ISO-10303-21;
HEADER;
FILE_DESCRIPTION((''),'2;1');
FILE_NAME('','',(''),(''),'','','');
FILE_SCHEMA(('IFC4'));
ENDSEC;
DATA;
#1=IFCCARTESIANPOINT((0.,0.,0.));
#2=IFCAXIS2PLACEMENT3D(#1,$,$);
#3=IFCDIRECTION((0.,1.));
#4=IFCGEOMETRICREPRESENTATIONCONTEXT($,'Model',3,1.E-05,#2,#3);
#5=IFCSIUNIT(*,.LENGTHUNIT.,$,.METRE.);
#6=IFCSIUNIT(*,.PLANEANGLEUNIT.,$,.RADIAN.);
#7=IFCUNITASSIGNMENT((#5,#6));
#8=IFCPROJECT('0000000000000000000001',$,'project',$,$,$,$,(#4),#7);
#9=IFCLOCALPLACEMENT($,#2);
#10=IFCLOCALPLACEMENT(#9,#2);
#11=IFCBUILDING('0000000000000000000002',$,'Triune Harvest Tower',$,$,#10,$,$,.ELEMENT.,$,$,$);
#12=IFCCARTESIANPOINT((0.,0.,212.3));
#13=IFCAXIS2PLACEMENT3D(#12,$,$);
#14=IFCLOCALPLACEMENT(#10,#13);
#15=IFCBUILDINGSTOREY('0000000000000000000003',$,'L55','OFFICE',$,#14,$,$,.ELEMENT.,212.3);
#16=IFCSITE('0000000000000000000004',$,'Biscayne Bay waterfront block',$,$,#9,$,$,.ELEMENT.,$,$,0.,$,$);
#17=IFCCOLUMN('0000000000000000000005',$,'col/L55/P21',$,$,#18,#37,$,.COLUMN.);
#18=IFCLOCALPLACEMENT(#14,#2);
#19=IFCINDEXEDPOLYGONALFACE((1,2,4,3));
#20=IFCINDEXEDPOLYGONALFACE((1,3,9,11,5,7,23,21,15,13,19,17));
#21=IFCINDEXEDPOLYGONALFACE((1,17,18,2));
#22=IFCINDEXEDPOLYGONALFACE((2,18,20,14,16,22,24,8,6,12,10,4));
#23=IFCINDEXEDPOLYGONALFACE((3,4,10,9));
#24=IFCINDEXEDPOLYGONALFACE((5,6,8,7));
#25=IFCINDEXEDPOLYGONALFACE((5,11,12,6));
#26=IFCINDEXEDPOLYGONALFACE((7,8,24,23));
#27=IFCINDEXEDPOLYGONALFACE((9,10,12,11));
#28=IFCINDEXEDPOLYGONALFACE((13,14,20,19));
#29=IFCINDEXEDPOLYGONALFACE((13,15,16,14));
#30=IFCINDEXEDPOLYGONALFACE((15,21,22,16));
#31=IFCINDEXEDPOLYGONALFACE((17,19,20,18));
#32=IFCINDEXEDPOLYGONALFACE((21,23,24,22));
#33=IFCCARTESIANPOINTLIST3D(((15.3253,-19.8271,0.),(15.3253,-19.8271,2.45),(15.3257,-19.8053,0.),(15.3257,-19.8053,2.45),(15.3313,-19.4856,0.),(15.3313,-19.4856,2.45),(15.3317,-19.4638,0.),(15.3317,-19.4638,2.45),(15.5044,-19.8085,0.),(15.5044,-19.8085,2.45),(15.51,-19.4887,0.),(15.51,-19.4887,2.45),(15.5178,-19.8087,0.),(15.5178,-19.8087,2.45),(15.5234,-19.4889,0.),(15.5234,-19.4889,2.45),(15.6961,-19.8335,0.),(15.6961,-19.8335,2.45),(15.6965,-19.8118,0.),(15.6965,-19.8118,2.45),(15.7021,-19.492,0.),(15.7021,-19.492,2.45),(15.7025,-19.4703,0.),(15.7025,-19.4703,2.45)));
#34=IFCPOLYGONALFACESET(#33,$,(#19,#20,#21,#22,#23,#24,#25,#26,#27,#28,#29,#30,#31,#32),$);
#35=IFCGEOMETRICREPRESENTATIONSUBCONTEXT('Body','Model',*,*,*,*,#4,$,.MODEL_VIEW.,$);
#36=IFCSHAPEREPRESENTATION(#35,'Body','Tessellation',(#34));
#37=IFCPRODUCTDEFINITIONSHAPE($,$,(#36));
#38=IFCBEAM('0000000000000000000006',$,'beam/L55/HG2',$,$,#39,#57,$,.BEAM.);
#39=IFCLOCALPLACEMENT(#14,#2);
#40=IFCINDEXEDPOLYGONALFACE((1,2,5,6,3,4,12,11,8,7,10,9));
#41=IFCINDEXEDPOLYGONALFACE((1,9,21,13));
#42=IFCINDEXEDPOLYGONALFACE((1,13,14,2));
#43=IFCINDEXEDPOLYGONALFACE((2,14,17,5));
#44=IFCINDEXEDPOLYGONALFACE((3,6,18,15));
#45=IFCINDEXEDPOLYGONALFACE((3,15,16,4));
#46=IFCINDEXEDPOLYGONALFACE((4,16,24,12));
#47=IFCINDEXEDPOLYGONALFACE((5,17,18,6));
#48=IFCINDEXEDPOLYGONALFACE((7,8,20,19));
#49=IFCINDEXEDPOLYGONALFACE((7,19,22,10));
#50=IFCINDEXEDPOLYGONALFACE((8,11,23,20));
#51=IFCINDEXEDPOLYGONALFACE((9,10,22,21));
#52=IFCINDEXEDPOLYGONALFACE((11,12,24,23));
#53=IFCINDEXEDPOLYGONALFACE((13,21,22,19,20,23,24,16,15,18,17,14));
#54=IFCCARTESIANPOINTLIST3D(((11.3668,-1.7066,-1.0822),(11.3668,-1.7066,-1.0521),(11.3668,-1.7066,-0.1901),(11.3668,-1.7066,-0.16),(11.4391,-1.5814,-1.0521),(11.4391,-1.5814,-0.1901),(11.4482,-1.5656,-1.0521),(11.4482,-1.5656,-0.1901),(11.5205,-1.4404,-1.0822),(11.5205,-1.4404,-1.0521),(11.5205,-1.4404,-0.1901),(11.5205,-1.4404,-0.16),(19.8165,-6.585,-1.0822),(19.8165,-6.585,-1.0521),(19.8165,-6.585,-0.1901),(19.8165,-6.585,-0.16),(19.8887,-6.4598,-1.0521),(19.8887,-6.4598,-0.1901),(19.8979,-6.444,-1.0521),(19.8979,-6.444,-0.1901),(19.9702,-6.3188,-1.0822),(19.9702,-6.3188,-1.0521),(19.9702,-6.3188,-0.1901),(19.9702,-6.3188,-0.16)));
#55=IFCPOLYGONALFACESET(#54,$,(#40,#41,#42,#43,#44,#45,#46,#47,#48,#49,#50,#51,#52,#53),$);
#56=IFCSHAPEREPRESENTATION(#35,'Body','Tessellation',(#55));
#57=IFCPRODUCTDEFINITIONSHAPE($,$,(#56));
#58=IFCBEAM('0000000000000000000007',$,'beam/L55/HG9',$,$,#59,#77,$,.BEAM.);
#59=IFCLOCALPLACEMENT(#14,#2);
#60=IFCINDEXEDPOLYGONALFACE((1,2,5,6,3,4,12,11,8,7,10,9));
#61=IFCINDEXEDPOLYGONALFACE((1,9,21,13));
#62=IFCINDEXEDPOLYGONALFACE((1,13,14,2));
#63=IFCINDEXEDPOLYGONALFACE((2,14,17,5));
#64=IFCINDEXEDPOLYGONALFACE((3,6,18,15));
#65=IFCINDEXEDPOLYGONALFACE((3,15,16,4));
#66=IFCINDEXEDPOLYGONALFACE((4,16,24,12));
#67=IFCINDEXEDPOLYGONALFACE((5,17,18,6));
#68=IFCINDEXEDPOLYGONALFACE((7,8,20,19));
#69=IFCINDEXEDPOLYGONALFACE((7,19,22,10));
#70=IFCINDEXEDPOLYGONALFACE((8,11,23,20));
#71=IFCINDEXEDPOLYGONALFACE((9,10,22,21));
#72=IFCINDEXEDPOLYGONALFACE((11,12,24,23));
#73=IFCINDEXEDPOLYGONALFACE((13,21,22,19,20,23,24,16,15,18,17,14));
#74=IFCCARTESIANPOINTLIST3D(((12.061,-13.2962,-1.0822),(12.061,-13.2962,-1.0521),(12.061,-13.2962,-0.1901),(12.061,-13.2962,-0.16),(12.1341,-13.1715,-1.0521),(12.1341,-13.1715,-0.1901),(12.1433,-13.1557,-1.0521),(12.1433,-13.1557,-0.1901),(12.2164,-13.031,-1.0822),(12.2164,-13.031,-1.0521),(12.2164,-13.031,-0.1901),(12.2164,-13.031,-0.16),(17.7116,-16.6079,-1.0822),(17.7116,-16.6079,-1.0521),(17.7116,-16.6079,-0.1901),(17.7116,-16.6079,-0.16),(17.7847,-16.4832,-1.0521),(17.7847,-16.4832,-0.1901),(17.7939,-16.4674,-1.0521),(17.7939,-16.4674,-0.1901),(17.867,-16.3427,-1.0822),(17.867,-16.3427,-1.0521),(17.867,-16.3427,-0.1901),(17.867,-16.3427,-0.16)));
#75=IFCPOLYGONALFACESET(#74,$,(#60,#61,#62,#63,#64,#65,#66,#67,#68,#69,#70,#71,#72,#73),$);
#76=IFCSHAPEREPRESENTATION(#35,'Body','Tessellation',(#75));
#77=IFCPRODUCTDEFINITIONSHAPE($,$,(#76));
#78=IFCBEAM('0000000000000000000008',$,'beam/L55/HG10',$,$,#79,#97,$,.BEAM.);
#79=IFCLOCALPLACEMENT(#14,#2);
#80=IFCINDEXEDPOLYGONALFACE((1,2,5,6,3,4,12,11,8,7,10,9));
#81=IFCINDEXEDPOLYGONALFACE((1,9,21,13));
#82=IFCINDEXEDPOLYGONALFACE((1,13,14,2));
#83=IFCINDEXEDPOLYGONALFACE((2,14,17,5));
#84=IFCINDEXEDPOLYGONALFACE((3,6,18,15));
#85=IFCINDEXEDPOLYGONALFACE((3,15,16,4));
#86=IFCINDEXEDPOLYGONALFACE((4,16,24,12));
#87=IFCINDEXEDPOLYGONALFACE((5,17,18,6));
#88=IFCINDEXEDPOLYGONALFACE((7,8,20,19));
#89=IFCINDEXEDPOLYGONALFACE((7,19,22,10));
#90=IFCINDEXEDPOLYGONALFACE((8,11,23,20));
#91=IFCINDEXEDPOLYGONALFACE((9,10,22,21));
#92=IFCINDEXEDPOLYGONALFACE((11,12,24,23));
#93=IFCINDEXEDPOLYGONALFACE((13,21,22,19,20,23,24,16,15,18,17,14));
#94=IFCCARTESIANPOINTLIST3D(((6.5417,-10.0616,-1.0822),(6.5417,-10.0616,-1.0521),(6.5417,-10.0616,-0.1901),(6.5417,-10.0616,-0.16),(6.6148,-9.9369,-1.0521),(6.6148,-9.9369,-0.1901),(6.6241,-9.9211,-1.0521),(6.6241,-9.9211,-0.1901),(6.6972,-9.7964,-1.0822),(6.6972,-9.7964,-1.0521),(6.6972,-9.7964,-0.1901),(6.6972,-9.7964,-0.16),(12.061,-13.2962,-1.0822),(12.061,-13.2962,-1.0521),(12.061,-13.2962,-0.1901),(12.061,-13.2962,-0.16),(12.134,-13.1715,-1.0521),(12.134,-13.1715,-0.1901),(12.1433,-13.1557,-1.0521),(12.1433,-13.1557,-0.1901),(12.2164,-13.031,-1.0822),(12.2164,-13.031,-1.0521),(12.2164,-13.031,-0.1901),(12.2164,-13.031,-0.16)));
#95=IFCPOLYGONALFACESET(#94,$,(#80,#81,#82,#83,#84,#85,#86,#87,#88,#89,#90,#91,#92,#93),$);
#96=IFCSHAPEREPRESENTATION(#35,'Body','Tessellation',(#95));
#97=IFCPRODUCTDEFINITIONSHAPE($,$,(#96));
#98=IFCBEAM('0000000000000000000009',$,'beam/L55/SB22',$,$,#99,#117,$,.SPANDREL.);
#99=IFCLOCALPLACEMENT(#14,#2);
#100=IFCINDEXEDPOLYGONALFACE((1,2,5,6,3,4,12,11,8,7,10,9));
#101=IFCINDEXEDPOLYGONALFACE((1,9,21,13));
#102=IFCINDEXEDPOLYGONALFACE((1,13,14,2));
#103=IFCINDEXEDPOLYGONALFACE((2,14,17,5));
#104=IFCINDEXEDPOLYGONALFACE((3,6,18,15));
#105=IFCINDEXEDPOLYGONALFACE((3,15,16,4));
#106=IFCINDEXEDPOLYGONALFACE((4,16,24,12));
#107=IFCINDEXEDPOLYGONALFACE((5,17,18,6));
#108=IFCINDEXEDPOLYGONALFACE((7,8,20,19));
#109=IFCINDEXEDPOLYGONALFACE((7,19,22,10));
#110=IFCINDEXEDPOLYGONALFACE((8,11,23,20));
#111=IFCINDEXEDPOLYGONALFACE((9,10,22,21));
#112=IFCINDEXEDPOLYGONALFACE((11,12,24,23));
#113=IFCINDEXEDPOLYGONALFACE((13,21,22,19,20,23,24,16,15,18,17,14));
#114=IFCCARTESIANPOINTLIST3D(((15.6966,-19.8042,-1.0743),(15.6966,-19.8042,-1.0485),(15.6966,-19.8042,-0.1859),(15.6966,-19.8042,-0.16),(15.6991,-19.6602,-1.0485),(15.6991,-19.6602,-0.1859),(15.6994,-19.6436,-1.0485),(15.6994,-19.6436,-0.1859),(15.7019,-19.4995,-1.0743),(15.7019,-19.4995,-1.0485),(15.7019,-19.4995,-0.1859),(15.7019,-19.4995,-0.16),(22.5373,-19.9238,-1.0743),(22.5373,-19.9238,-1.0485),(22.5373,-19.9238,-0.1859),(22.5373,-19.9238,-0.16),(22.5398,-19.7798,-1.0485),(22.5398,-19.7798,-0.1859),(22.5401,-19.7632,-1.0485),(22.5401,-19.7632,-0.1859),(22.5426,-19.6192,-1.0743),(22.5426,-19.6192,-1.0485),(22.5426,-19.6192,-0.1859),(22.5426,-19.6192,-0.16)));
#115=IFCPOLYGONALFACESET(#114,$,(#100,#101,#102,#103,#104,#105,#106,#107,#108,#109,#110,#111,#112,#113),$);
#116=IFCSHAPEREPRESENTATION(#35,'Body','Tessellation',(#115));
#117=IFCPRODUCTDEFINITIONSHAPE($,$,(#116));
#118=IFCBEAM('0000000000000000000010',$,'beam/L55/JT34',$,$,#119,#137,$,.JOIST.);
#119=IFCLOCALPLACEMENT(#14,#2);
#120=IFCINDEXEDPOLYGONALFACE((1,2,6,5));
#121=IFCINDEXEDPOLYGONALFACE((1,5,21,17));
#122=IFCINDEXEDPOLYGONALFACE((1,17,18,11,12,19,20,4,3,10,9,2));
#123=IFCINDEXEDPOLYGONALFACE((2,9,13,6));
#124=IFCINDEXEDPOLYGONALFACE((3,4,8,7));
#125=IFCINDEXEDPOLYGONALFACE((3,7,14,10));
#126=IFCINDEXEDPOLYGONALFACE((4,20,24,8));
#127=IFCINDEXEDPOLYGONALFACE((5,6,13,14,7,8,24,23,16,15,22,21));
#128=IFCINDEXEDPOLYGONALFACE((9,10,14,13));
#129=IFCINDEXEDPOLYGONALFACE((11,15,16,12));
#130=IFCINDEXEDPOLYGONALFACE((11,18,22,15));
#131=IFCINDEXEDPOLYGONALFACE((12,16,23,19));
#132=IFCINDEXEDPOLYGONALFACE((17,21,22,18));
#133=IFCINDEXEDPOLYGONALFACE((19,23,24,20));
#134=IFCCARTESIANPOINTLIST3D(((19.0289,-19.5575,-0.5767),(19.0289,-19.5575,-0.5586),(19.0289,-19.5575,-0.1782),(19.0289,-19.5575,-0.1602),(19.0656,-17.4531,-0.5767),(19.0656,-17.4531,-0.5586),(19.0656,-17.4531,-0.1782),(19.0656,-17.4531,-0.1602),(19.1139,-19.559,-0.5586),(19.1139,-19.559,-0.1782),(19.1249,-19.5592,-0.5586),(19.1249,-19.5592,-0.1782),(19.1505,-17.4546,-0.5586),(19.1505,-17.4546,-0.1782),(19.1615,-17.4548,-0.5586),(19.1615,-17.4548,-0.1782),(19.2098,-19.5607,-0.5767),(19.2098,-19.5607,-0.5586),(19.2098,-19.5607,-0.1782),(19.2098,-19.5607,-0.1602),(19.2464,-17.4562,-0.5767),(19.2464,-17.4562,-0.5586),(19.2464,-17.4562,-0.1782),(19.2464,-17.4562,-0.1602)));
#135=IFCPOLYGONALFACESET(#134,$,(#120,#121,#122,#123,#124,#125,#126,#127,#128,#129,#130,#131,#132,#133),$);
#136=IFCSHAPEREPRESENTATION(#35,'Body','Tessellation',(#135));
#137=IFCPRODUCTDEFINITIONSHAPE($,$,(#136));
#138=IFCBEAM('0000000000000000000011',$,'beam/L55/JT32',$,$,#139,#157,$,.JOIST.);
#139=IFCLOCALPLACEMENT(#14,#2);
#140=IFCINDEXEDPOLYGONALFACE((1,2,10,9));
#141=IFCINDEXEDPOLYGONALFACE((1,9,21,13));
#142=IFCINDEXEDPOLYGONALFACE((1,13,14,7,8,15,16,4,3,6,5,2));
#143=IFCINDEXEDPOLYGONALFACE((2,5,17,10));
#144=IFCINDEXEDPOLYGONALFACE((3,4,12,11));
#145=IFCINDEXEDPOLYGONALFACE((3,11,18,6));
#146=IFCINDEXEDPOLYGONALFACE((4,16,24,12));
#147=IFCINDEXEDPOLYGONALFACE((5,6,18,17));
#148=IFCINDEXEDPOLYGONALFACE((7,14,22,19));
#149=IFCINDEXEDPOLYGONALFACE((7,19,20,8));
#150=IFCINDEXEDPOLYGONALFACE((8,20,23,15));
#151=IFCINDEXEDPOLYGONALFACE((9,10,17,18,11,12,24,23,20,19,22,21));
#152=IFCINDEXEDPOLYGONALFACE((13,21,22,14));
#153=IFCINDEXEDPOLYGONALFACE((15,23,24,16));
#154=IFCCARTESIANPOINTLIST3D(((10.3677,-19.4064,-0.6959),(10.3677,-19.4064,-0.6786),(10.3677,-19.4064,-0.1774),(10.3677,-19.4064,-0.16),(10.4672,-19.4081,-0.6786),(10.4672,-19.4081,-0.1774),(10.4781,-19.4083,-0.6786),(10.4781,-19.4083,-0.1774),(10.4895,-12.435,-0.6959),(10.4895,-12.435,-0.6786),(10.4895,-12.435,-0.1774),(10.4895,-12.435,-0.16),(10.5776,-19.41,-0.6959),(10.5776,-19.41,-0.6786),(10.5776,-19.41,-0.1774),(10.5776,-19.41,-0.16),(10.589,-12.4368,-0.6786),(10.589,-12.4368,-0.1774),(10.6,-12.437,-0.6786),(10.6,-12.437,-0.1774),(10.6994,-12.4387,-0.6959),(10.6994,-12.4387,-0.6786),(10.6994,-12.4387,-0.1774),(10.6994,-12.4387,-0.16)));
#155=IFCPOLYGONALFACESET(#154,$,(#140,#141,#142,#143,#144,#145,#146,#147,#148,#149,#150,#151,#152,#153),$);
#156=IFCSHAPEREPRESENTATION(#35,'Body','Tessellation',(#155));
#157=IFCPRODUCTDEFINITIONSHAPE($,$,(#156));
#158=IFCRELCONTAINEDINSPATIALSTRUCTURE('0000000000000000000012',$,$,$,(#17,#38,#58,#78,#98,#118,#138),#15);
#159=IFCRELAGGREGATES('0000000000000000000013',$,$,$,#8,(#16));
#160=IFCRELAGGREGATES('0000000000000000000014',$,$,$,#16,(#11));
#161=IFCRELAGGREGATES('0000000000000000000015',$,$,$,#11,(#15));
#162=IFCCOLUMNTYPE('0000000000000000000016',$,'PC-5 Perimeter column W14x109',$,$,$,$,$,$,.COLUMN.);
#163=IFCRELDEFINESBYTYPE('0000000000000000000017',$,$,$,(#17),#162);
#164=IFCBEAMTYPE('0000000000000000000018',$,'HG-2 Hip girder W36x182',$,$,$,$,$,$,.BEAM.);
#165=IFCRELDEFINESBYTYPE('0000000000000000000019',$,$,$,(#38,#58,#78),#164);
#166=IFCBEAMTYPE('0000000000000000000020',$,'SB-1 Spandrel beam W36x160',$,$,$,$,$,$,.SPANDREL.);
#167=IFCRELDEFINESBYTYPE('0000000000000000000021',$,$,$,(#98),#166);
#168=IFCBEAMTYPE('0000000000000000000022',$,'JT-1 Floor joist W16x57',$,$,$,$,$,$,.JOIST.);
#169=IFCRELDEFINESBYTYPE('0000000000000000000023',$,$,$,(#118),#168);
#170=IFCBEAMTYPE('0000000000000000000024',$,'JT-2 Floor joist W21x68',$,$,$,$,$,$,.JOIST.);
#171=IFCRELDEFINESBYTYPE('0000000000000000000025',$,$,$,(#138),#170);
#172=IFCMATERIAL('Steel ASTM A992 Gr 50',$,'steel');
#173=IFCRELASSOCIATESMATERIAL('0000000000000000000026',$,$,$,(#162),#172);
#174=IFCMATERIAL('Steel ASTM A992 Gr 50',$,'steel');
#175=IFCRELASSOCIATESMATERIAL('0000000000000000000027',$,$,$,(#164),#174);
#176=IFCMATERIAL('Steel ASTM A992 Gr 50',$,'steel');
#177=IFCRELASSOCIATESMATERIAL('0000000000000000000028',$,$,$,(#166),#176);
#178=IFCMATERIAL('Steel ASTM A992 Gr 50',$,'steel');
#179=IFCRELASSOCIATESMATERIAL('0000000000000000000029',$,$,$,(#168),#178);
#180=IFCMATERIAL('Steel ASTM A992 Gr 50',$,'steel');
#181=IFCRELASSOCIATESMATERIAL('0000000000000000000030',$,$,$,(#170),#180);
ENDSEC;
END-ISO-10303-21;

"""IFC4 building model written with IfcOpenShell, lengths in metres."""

from ifc_helpers import new_model, si_unit, direction, frame, origin, origin_2d, place, context, subcontext, project, spatial, i_section, extrude, source, transform, mapped, material, material_profile, profile_set, type_object, element, save


model = new_model("IFC4")

# Units and contexts
model_context = context("Model", 3, precision=1e-05, world=origin(), true_north=direction((0.0, 1.0)))
body_context = subcontext(model_context, "Body", "Model", "MODEL_VIEW")
ifc_project = project(units=[si_unit("LENGTHUNIT", "METRE"), si_unit("PLANEANGLEUNIT", "RADIAN")], contexts=[model_context])

# Site, building, storey
site_placement = place(None, origin())
site = spatial("IfcSite", under=ifc_project, at=site_placement, Name="Biscayne Bay waterfront block", CompositionType="ELEMENT", RefElevation=0.0)
building_placement = place(site_placement, origin())
building = spatial("IfcBuilding", under=site, at=building_placement, Name="Triune Harvest Tower", CompositionType="ELEMENT")
storey_placement = place(building_placement, frame((0.0, 0.0, 212.3)))
storey = spatial("IfcBuildingStorey", under=building, at=storey_placement, Name="L55", Description="OFFICE", CompositionType="ELEMENT", Elevation=212.3)

# Column
ifc_material_1 = material(Name="Steel ASTM A992 Gr 50", Category="steel")
ifc_material_profile_1 = material_profile(ifc_material_1, i_section(OverallWidth=0.3708, OverallDepth=0.3633, WebThickness=0.0134, FlangeThickness=0.0217, at=origin_2d()), Name="W14x109")
ifc_profile_set_1 = profile_set([ifc_material_profile_1], Name="Steel ASTM A992 Gr 50")
column_type = type_object("IfcColumnType", Name="PC-5 Perimeter column W14x109", PredefinedType="COLUMN", material=ifc_profile_set_1)
shared_shape_1 = source(origin(), body_context, "Body", "SweptSolid", [
    extrude(i_section(OverallWidth=0.3708, OverallDepth=0.3633, WebThickness=0.0134, FlangeThickness=0.0217, at=origin_2d()), origin(), (0.0, 0.0, 1.0), 2.45),
])
column_placement = place(storey_placement, frame((15.5139, -19.6487, 0.0), z_axis=(0.0, 0.0, 1.0), x_axis=(0.999848, -0.017452, 0.0)))
element("IfcColumn", 1, at=column_placement, inside=storey, type_object=column_type, Name="col/L55/P21", PredefinedType="COLUMN", context=body_context, shape_type="MappedRepresentation", body=[
    mapped(shared_shape_1, transform((0.0, 0.0, 0.0), scale=1.0)),
])

# Beams
ifc_material_2 = material(Name="Steel ASTM A992 Gr 50", Category="steel")
ifc_material_profile_2 = material_profile(ifc_material_2, i_section(OverallWidth=0.3074, OverallDepth=0.9221, WebThickness=0.0183, FlangeThickness=0.03, at=origin_2d()), Name="W36x182")
ifc_profile_set_2 = profile_set([ifc_material_profile_2], Name="Steel ASTM A992 Gr 50")
beam_type_1 = type_object("IfcBeamType", Name="HG-2 Hip girder W36x182", PredefinedType="BEAM", material=ifc_profile_set_2)
shared_shape_2 = source(origin(), body_context, "Body", "SweptSolid", [
    extrude(i_section(OverallWidth=0.3074, OverallDepth=0.9221, WebThickness=0.0183, FlangeThickness=0.03, at=origin_2d()), origin(), (0.0, 0.0, 1.0), 9.7568),
])
beam_1_placement = place(storey_placement, frame((19.8933, -6.4519, -0.6211), z_axis=(-0.866026, 0.499998, 0.0), x_axis=(-0.499998, -0.866026, 0.0)))
element("IfcBeam", 2, at=beam_1_placement, inside=storey, type_object=beam_type_1, Name="beam/L55/HG2", PredefinedType="BEAM", context=body_context, shape_type="MappedRepresentation", body=[
    mapped(shared_shape_2, transform((0.0, 0.0, 0.0), scale=1.0)),
])
shared_shape_3 = source(origin(), body_context, "Body", "SweptSolid", [
    extrude(i_section(OverallWidth=0.3074, OverallDepth=0.9221, WebThickness=0.0183, FlangeThickness=0.03, at=origin_2d()), origin(), (0.0, 0.0, 1.0), 6.5496),
])
beam_2_placement = place(storey_placement, frame((17.7893, -16.4753, -0.6211), z_axis=(-0.862743, 0.505643, 0.0), x_axis=(-0.505643, -0.862743, 0.0)))
element("IfcBeam", 3, at=beam_2_placement, inside=storey, type_object=beam_type_1, Name="beam/L55/HG9", PredefinedType="BEAM", context=body_context, shape_type="MappedRepresentation", body=[
    mapped(shared_shape_3, transform((0.0, 0.0, 0.0), scale=1.0)),
])
shared_shape_4 = source(origin(), body_context, "Body", "SweptSolid", [
    extrude(i_section(OverallWidth=0.3074, OverallDepth=0.9221, WebThickness=0.0183, FlangeThickness=0.03, at=origin_2d()), origin(), (0.0, 0.0, 1.0), 6.3972),
])
beam_3_placement = place(storey_placement, frame((12.1387, -13.1636, -0.6211), z_axis=(-0.862754, 0.505624, 0.0), x_axis=(-0.505624, -0.862754, 0.0)))
element("IfcBeam", 4, at=beam_3_placement, inside=storey, type_object=beam_type_1, Name="beam/L55/HG10", PredefinedType="BEAM", context=body_context, shape_type="MappedRepresentation", body=[
    mapped(shared_shape_4, transform((0.0, 0.0, 0.0), scale=1.0)),
])
ifc_material_3 = material(Name="Steel ASTM A992 Gr 50", Category="steel")
ifc_material_profile_3 = material_profile(ifc_material_3, i_section(OverallWidth=0.3047, OverallDepth=0.9143, WebThickness=0.0166, FlangeThickness=0.0259, at=origin_2d()), Name="W36x160")
ifc_profile_set_3 = profile_set([ifc_material_profile_3], Name="Steel ASTM A992 Gr 50")
beam_type_2 = type_object("IfcBeamType", Name="SB-1 Spandrel beam W36x160", PredefinedType="SPANDREL", material=ifc_profile_set_3)
shared_shape_5 = source(origin(), body_context, "Body", "SweptSolid", [
    extrude(i_section(OverallWidth=0.3047, OverallDepth=0.9143, WebThickness=0.0166, FlangeThickness=0.0259, at=origin_2d()), origin(), (0.0, 0.0, 1.0), 6.8418),
])
beam_4_placement = place(storey_placement, frame((15.6992, -19.6519, -0.6172), z_axis=(0.999847, -0.017485, 0.0), x_axis=(0.017485, 0.999847, 0.0)))
element("IfcBeam", 5, at=beam_4_placement, inside=storey, type_object=beam_type_2, Name="beam/L55/SB22", PredefinedType="SPANDREL", context=body_context, shape_type="MappedRepresentation", body=[
    mapped(shared_shape_5, transform((0.0, 0.0, 0.0), scale=1.0)),
])
ifc_material_4 = material(Name="Steel ASTM A992 Gr 50", Category="steel")
ifc_material_profile_4 = material_profile(ifc_material_4, i_section(OverallWidth=0.1809, OverallDepth=0.4165, WebThickness=0.011, FlangeThickness=0.0181, at=origin_2d()), Name="W16x57")
ifc_profile_set_4 = profile_set([ifc_material_profile_4], Name="Steel ASTM A992 Gr 50")
beam_type_3 = type_object("IfcBeamType", Name="JT-1 Floor joist W16x57", PredefinedType="JOIST", material=ifc_profile_set_4)
shared_shape_6 = source(origin(), body_context, "Body", "SweptSolid", [
    extrude(i_section(OverallWidth=0.1809, OverallDepth=0.4165, WebThickness=0.011, FlangeThickness=0.0181, at=origin_2d()), origin(), (0.0, 0.0, 1.0), 2.1047),
])
beam_5_placement = place(storey_placement, frame((19.1194, -19.5591, -0.3684), z_axis=(0.017399, 0.999849, 0.0), x_axis=(-0.999849, 0.017399, 0.0)))
element("IfcBeam", 6, at=beam_5_placement, inside=storey, type_object=beam_type_3, Name="beam/L55/JT34", PredefinedType="JOIST", context=body_context, shape_type="MappedRepresentation", body=[
    mapped(shared_shape_6, transform((0.0, 0.0, 0.0), scale=1.0)),
])
ifc_material_5 = material(Name="Steel ASTM A992 Gr 50", Category="steel")
ifc_material_profile_5 = material_profile(ifc_material_5, i_section(OverallWidth=0.21, OverallDepth=0.5359, WebThickness=0.011, FlangeThickness=0.0173, at=origin_2d()), Name="W21x68")
ifc_profile_set_5 = profile_set([ifc_material_profile_5], Name="Steel ASTM A992 Gr 50")
beam_type_4 = type_object("IfcBeamType", Name="JT-2 Floor joist W21x68", PredefinedType="JOIST", material=ifc_profile_set_5)
shared_shape_7 = source(origin(), body_context, "Body", "SweptSolid", [
    extrude(i_section(OverallWidth=0.21, OverallDepth=0.5359, WebThickness=0.011, FlangeThickness=0.0173, at=origin_2d()), origin(), (0.0, 0.0, 1.0), 6.9724),
])
beam_6_placement = place(storey_placement, frame((10.4727, -19.4082, -0.428), z_axis=(0.017472, 0.999847, 0.0), x_axis=(-0.999847, 0.017472, 0.0)))
element("IfcBeam", 7, at=beam_6_placement, inside=storey, type_object=beam_type_4, Name="beam/L55/JT32", PredefinedType="JOIST", context=body_context, shape_type="MappedRepresentation", body=[
    mapped(shared_shape_7, transform((0.0, 0.0, 0.0), scale=1.0)),
])

save(model, "model.ifc")
